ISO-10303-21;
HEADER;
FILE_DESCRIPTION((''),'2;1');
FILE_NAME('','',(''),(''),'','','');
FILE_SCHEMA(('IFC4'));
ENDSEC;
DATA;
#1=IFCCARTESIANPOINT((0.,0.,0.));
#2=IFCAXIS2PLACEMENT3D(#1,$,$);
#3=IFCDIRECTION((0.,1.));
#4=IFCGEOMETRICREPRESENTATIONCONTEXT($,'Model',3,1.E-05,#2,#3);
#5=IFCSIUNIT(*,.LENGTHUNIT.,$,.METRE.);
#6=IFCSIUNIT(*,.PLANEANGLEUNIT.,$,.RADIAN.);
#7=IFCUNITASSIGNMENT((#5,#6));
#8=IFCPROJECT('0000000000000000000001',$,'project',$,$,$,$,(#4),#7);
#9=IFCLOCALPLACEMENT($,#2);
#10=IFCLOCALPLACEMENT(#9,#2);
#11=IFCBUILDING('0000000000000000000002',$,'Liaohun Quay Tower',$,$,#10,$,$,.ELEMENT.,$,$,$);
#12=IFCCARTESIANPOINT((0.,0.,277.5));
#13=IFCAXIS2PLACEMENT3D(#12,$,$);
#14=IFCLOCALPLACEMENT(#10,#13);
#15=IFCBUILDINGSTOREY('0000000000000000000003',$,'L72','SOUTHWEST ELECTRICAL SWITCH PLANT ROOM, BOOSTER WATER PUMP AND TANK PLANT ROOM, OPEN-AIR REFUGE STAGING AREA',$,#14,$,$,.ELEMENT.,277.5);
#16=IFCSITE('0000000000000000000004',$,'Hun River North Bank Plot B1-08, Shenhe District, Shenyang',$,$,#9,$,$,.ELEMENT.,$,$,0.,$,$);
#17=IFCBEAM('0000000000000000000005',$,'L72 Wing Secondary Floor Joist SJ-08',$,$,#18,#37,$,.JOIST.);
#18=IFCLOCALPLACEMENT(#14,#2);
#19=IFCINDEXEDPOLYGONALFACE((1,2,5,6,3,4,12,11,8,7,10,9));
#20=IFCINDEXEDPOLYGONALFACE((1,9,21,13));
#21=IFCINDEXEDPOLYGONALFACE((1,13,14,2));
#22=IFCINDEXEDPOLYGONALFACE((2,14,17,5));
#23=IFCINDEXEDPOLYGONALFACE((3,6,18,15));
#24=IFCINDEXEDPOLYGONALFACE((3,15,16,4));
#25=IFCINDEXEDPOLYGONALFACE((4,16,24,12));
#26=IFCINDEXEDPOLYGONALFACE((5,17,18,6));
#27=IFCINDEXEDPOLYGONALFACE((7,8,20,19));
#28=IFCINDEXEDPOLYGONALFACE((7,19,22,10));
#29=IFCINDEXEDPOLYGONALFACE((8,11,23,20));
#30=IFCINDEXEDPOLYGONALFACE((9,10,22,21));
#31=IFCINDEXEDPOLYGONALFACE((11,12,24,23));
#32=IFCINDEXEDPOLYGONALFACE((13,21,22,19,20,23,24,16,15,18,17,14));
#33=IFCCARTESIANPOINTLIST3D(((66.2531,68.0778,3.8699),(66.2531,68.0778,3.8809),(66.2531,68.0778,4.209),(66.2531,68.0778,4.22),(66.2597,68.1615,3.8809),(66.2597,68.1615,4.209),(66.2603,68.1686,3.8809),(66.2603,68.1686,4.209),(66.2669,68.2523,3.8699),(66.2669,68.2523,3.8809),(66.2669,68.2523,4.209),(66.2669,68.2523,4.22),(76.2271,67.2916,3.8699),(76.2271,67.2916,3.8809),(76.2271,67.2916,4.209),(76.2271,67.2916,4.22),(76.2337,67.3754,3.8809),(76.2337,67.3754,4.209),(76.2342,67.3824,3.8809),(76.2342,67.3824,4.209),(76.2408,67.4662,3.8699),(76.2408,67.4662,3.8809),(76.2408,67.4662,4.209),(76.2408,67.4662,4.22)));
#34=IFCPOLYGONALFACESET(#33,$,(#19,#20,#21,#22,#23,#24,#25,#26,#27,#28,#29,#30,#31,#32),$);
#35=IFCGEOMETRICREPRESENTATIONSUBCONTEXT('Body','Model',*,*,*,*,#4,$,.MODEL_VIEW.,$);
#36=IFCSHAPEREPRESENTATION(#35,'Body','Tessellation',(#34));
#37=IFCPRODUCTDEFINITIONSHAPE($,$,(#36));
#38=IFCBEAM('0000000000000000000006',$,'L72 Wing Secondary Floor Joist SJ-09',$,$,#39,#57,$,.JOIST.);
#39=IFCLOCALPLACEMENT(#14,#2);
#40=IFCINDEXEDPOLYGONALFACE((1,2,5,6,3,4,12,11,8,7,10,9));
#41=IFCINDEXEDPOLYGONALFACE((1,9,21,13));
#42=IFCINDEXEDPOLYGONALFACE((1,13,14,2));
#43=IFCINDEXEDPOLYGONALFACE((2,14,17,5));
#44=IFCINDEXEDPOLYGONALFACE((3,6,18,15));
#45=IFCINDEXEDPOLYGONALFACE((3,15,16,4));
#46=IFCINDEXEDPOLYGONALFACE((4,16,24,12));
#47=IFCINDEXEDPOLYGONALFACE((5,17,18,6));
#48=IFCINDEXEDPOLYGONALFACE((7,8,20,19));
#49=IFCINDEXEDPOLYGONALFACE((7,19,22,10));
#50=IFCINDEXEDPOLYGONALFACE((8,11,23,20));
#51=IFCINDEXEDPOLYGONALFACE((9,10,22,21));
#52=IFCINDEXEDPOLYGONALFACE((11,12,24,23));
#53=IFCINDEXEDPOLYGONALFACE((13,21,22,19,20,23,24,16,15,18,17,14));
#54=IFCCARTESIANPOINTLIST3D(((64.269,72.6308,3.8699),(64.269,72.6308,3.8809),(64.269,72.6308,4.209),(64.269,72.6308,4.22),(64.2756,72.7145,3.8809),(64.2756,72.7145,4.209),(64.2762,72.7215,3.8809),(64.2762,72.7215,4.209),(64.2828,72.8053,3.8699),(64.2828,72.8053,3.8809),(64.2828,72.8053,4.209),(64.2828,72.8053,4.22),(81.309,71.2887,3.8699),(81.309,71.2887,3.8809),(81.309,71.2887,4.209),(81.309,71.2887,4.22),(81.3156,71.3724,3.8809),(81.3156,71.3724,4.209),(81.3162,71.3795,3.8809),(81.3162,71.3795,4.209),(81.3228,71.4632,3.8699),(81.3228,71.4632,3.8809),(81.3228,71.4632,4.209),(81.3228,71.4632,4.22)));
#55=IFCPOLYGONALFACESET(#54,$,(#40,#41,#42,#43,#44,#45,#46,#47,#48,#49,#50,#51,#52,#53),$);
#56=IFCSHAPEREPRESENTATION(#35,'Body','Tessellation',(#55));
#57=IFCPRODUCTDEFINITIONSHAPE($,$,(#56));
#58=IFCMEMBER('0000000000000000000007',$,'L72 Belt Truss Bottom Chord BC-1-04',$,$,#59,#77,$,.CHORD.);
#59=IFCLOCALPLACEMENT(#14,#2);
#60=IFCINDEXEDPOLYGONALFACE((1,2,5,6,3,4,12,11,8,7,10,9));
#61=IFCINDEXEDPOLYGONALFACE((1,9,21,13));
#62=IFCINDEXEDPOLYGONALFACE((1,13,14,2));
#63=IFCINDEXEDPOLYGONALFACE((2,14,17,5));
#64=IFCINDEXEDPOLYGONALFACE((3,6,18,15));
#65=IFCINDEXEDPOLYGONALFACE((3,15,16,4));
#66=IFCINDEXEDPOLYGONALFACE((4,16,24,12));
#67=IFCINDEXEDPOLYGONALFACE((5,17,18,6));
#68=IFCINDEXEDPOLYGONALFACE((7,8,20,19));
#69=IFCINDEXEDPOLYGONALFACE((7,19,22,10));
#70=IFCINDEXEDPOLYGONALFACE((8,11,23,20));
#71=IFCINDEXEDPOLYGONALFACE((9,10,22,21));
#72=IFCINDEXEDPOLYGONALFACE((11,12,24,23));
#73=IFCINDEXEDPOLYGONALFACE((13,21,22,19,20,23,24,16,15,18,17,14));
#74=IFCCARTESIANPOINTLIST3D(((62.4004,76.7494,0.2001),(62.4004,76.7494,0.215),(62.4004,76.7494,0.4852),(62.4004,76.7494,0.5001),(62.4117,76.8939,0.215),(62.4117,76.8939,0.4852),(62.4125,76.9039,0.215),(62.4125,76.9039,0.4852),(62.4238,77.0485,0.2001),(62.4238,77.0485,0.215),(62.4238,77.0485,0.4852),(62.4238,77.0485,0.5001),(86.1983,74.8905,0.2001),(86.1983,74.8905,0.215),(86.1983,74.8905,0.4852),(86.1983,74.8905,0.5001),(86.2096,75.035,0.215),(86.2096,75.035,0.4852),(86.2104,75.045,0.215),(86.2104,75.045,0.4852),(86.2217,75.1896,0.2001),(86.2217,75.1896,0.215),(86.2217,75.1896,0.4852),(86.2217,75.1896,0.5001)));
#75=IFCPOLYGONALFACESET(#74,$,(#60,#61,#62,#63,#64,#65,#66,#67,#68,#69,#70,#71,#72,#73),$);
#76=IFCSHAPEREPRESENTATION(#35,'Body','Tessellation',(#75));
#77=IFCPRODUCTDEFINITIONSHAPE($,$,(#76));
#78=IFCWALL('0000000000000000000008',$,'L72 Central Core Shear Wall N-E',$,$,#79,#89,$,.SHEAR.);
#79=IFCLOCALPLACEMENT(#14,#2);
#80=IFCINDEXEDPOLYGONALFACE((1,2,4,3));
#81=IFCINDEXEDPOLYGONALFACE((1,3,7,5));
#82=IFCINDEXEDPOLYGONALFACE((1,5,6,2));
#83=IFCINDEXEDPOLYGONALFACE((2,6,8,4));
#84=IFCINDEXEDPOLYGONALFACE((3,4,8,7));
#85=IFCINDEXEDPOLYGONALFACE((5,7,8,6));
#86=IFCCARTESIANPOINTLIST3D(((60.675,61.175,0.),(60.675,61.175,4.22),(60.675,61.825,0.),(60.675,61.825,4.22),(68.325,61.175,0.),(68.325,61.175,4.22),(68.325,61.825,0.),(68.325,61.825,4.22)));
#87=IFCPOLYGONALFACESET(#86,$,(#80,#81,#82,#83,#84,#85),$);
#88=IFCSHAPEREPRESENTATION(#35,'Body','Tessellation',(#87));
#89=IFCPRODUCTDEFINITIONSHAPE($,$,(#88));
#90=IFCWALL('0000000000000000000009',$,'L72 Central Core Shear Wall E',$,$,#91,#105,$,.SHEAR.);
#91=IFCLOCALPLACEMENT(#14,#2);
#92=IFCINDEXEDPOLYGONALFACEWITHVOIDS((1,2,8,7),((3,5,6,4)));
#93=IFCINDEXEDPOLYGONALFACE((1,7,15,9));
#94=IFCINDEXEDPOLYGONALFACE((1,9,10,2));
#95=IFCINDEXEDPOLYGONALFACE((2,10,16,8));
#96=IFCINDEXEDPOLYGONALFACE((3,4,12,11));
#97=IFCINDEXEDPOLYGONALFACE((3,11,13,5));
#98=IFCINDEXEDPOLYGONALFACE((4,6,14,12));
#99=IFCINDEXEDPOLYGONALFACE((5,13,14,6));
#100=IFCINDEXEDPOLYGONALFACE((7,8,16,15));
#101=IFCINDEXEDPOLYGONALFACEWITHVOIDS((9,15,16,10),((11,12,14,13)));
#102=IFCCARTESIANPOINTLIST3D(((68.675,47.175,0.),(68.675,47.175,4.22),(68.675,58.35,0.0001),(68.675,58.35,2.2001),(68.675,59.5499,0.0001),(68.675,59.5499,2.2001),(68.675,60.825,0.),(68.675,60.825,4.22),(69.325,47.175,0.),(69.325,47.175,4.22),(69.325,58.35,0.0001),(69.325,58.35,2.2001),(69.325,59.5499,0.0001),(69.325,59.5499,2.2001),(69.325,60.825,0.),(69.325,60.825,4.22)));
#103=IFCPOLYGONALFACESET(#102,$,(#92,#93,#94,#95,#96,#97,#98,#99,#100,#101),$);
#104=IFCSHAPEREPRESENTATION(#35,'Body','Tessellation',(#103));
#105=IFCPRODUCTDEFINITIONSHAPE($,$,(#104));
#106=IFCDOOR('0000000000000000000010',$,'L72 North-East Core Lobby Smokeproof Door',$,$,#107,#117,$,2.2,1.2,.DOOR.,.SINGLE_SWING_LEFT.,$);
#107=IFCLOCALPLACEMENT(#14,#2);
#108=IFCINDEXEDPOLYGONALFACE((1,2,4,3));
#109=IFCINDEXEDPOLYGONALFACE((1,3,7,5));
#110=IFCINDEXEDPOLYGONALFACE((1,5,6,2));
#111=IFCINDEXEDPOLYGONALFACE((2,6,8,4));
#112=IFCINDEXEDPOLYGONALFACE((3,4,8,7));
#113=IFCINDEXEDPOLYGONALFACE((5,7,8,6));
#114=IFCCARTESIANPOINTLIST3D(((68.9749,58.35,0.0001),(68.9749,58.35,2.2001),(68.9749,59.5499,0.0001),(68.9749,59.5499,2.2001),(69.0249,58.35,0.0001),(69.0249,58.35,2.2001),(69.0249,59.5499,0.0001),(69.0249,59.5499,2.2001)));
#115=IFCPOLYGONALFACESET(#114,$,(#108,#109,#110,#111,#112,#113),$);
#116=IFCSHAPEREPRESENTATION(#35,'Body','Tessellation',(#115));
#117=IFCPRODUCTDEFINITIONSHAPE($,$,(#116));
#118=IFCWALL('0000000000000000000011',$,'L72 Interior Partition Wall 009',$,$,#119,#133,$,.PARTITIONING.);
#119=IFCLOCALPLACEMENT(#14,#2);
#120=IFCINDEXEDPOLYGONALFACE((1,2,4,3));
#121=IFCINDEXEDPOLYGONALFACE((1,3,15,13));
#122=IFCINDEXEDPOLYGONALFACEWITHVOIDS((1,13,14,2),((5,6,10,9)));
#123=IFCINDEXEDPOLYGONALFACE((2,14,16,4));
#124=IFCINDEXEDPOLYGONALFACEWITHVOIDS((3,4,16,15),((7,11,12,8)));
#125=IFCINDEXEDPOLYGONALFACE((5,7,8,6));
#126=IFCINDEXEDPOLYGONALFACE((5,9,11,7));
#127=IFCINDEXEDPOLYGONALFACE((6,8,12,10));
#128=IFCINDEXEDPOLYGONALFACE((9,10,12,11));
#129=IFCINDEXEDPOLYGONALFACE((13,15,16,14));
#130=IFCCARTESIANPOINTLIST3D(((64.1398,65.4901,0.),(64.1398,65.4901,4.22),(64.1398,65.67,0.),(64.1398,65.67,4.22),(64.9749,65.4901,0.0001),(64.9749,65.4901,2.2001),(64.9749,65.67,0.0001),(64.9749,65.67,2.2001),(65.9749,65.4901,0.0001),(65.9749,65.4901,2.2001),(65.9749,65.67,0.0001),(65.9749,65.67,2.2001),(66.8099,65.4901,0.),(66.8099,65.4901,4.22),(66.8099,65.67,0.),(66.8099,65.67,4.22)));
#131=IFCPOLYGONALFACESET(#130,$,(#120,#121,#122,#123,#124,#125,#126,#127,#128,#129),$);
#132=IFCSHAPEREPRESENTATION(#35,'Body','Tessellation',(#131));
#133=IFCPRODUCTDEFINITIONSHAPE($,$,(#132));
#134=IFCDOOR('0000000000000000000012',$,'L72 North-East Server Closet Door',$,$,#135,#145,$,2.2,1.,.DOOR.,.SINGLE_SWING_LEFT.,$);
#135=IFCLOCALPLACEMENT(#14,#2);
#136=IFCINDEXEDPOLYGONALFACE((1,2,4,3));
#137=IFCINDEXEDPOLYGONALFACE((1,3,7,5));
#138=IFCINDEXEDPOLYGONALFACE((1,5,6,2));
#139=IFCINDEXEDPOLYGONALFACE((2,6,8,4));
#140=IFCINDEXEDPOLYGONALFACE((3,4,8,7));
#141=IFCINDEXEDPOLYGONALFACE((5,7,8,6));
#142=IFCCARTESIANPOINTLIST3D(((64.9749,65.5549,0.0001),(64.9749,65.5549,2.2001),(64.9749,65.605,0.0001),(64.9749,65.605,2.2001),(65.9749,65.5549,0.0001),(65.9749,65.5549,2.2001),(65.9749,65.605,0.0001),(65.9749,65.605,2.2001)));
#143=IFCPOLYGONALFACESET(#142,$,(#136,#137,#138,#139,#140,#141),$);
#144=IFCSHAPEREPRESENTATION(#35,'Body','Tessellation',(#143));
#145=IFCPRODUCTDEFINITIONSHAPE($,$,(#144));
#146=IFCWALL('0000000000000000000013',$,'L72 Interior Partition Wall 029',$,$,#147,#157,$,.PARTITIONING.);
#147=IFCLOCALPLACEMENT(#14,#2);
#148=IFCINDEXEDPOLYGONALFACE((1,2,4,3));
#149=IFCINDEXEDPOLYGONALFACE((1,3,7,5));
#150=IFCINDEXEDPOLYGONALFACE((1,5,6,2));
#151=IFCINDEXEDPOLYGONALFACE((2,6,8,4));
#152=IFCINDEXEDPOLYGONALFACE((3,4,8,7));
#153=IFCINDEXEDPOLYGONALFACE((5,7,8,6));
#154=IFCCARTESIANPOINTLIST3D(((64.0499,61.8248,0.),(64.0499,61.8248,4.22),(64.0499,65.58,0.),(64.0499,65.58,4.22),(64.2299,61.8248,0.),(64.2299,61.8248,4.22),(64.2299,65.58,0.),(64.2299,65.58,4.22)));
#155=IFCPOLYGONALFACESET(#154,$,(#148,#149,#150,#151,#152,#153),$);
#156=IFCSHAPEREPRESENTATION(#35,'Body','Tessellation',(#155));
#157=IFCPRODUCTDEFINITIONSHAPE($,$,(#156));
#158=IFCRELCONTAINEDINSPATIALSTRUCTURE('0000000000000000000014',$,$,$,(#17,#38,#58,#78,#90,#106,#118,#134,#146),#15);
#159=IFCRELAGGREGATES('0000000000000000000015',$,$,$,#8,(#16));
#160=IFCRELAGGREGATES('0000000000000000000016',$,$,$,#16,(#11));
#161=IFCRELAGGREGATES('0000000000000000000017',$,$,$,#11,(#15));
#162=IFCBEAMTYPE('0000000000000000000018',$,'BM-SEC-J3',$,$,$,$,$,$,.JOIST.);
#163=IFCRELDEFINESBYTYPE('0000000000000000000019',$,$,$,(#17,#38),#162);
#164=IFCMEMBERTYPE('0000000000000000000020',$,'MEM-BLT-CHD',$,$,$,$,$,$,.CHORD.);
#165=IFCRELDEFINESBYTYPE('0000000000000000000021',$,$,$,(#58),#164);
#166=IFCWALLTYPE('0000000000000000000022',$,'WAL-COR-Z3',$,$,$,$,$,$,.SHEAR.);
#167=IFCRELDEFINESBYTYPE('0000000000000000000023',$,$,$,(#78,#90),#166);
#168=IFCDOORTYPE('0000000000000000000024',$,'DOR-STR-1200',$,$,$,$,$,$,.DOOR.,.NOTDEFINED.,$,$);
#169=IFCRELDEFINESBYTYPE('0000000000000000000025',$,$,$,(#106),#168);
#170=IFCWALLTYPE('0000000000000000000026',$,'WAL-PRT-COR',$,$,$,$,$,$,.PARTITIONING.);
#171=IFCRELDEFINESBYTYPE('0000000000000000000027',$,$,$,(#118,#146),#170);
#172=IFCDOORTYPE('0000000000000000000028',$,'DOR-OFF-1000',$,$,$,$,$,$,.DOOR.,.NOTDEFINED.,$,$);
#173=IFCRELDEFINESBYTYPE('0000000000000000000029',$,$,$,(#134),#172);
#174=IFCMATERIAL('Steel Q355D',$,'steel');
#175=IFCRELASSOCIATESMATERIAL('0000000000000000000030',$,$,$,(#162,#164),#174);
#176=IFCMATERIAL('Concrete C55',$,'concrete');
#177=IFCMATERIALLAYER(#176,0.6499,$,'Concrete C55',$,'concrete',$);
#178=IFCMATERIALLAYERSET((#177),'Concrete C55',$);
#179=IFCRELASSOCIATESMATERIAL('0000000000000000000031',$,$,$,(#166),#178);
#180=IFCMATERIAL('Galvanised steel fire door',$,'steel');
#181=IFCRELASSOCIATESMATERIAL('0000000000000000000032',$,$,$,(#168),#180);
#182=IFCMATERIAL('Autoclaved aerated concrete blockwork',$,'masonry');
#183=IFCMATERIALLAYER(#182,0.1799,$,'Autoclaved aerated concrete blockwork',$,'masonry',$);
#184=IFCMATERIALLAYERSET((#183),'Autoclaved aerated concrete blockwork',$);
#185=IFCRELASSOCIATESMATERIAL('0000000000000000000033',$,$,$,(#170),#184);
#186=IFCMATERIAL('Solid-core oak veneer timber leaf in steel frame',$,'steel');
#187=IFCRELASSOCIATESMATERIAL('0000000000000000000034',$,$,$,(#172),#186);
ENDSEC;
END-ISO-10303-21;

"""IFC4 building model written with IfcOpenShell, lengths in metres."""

from ifc_helpers import new_model, si_unit, direction, frame, frame_2d, origin, origin_2d, place, context, subcontext, project, spatial, rectangle, i_section, extrude, source, transform, mapped, material, layer, layer_set, material_profile, profile_set, type_object, element, fill, save


model = new_model("IFC4")

# Units and contexts
model_context = context("Model", 3, precision=1e-05, world=origin(), true_north=direction((0.0, 1.0)))
body_context = subcontext(model_context, "Body", "Model", "MODEL_VIEW")
ifc_project = project(units=[si_unit("LENGTHUNIT", "METRE"), si_unit("PLANEANGLEUNIT", "RADIAN")], contexts=[model_context])

# Site, building, storey
site_placement = place(None, origin())
site = spatial("IfcSite", under=ifc_project, at=site_placement, Name="Hun River North Bank Plot B1-08, Shenhe District, Shenyang", CompositionType="ELEMENT", RefElevation=0.0)
building_placement = place(site_placement, origin())
building = spatial("IfcBuilding", under=site, at=building_placement, Name="Liaohun Quay Tower", CompositionType="ELEMENT")
storey_placement = place(building_placement, frame((0.0, 0.0, 277.5)))
storey = spatial("IfcBuildingStorey", under=building, at=storey_placement, Name="L72", Description="SOUTHWEST ELECTRICAL SWITCH PLANT ROOM, BOOSTER WATER PUMP AND TANK PLANT ROOM, OPEN-AIR REFUGE STAGING AREA", CompositionType="ELEMENT", Elevation=277.5)

# Shared definitions
ifc_material_1 = material(Name="Concrete C55", Category="concrete")

# Beams
ifc_material_2 = material(Name="Steel Q355D", Category="steel")
ifc_material_profile_1 = material_profile(ifc_material_2, i_section(OverallWidth=0.175, OverallDepth=0.3501, WebThickness=0.0071, FlangeThickness=0.011, at=origin_2d()), Name="HN350x175x7x11")
ifc_profile_set_1 = profile_set([ifc_material_profile_1], Name="Steel Q355D")
beam_type_1 = type_object("IfcBeamType", Name="BM-SEC-J3", PredefinedType="JOIST", material=ifc_profile_set_1)
shared_shape_1 = source(origin(), body_context, "Body", "SweptSolid", [
    extrude(i_section(OverallWidth=0.175, OverallDepth=0.3501, WebThickness=0.0071, FlangeThickness=0.011, at=origin_2d()), origin(), (0.0, 0.0, 1.0), 10.0049),
])
beam_1_placement = place(storey_placement, frame((66.26, 68.165, 4.0449), z_axis=(0.996908, -0.078575, 0.0), x_axis=(0.078575, 0.996908, 0.0)))
element("IfcBeam", 1, at=beam_1_placement, inside=storey, type_object=beam_type_1, Name="L72 Wing Secondary Floor Joist SJ-08", PredefinedType="JOIST", context=body_context, shape_type="MappedRepresentation", body=[
    mapped(shared_shape_1, transform((0.0, 0.0, 0.0), x_axis=(1.0, 0.0, 0.0), y_axis=(0.0, 1.0, 0.0), z_axis=(0.0, 0.0, 1.0), scale=1.0)),
])
shared_shape_2 = source(origin(), body_context, "Body", "SweptSolid", [
    extrude(i_section(OverallWidth=0.175, OverallDepth=0.3501, WebThickness=0.0071, FlangeThickness=0.011, at=origin_2d()), origin(), (0.0, 0.0, 1.0), 17.0928),
])
beam_2_placement = place(storey_placement, frame((64.2759, 72.718, 4.0449), z_axis=(0.996913, -0.078515, 0.0), x_axis=(0.078515, 0.996913, 0.0)))
element("IfcBeam", 2, at=beam_2_placement, inside=storey, type_object=beam_type_1, Name="L72 Wing Secondary Floor Joist SJ-09", PredefinedType="JOIST", context=body_context, shape_type="MappedRepresentation", body=[
    mapped(shared_shape_2, transform((0.0, 0.0, 0.0), x_axis=(1.0, 0.0, 0.0), y_axis=(0.0, 1.0, 0.0), z_axis=(0.0, 0.0, 1.0), scale=1.0)),
])

# Member
ifc_material_profile_2 = material_profile(ifc_material_2, i_section(OverallWidth=0.3, OverallDepth=0.3, WebThickness=0.01, FlangeThickness=0.0149, at=origin_2d()), Name="HW300x300x10x15")
ifc_profile_set_2 = profile_set([ifc_material_profile_2], Name="Steel Q355D")
member_type = type_object("IfcMemberType", Name="MEM-BLT-CHD", PredefinedType="CHORD", material=ifc_profile_set_2)
shared_shape_3 = source(origin(), body_context, "Body", "SweptSolid", [
    extrude(i_section(OverallWidth=0.3, OverallDepth=0.3, WebThickness=0.01, FlangeThickness=0.0149, at=origin_2d()), origin(), (0.0, 0.0, 1.0), 23.8704),
])
member_placement = place(storey_placement, frame((62.4121, 76.8989, 0.3501), z_axis=(0.996963, -0.077874, 0.0), x_axis=(0.077874, 0.996963, 0.0)))
element("IfcMember", 3, at=member_placement, inside=storey, type_object=member_type, Name="L72 Belt Truss Bottom Chord BC-1-04", PredefinedType="CHORD", context=body_context, shape_type="MappedRepresentation", body=[
    mapped(shared_shape_3, transform((0.0, 0.0, 0.0), x_axis=(1.0, 0.0, 0.0), y_axis=(0.0, 1.0, 0.0), z_axis=(0.0, 0.0, 1.0), scale=1.0)),
])

# Wall
ifc_layer_1 = layer(ifc_material_1, 0.6499, Name="Concrete C55", Category="concrete")
ifc_layer_set_1 = layer_set([ifc_layer_1], Name="Concrete C55")
wall_type_1 = type_object("IfcWallType", Name="WAL-COR-Z3", PredefinedType="SHEAR", material=ifc_layer_set_1)
wall_1_placement = place(storey_placement, frame((60.675, 61.5, 0.0), z_axis=(0.0, 0.0, 1.0), x_axis=(1.0, 0.0, 0.0)))
element("IfcWall", 4, at=wall_1_placement, inside=storey, type_object=wall_type_1, Name="L72 Central Core Shear Wall N-E", PredefinedType="SHEAR", context=body_context, shape_type="SweptSolid", body=[
    extrude(rectangle(XDim=7.6499, YDim=0.6499, at=frame_2d((3.825, 0.0))), origin(), (0.0, 0.0, 1.0), 4.22),
])

# Walls, openings, doors
wall_2_placement = place(storey_placement, frame((69.0, 60.825, 0.0), z_axis=(0.0, 0.0, 1.0), x_axis=(0.0, -1.0, 0.0)))
wall_2 = element("IfcWall", 5, at=wall_2_placement, inside=storey, type_object=wall_type_1, Name="L72 Central Core Shear Wall E", PredefinedType="SHEAR", context=body_context, shape_type="SweptSolid", body=[
    extrude(rectangle(XDim=13.6499, YDim=0.6499, at=frame_2d((6.825, 0.0))), origin(), (0.0, 0.0, 1.0), 4.22),
])
shared_shape_4 = source(origin(), body_context, "Body", "SweptSolid", [
    extrude(rectangle(XDim=1.2, YDim=2.2, at=frame_2d((0.6001, 1.1001))), frame((0.0, 0.335, 0.0), z_axis=(0.0, -1.0, 0.0), x_axis=(1.0, 0.0, 0.0)), (0.0, 0.0, 1.0), 0.6699),
])
opening_1_placement = place(wall_2_placement, frame((1.2749, 0.0, 0.0)))
opening_1 = element("IfcOpeningElement", 6, at=opening_1_placement, cuts=wall_2, PredefinedType="OPENING", context=body_context, shape_type="MappedRepresentation", body=[
    mapped(shared_shape_4, transform((0.0, 0.0, 0.0), x_axis=(1.0, 0.0, 0.0), y_axis=(0.0, 1.0, 0.0), z_axis=(0.0, 0.0, 1.0), scale=1.0)),
])
ifc_material_3 = material(Name="Galvanised steel fire door", Category="steel")
door_type_1 = type_object("IfcDoorType", Name="DOR-STR-1200", OperationType="NOTDEFINED", PredefinedType="DOOR", material=ifc_material_3)
shared_shape_5 = source(origin(), body_context, "Body", "SweptSolid", [
    extrude(rectangle(XDim=1.2, YDim=2.2, at=frame_2d((0.6001, 1.1001))), frame((0.0, 0.0249, 0.0), z_axis=(0.0, -1.0, 0.0), x_axis=(1.0, 0.0, 0.0)), (0.0, 0.0, 1.0), 0.05),
])
door_1_placement = place(opening_1_placement, origin())
door_1 = element("IfcDoor", 7, at=door_1_placement, inside=storey, type_object=door_type_1, Name="L72 North-East Core Lobby Smokeproof Door", OperationType="SINGLE_SWING_LEFT", OverallHeight=2.2, OverallWidth=1.2, PredefinedType="DOOR", context=body_context, shape_type="MappedRepresentation", body=[
    mapped(shared_shape_5, transform((0.0, 0.0, 0.0), x_axis=(1.0, 0.0, 0.0), y_axis=(0.0, 1.0, 0.0), z_axis=(0.0, 0.0, 1.0), scale=1.0)),
])
fill(opening_1, door_1)
ifc_material_4 = material(Name="Autoclaved aerated concrete blockwork", Category="masonry")
ifc_layer_2 = layer(ifc_material_4, 0.1799, Name="Autoclaved aerated concrete blockwork", Category="masonry")
ifc_layer_set_2 = layer_set([ifc_layer_2], Name="Autoclaved aerated concrete blockwork")
wall_type_2 = type_object("IfcWallType", Name="WAL-PRT-COR", PredefinedType="PARTITIONING", material=ifc_layer_set_2)
wall_3_placement = place(storey_placement, frame((64.1399, 65.5801, 0.0), z_axis=(0.0, 0.0, 1.0), x_axis=(1.0, 0.0, 0.0)))
wall_3 = element("IfcWall", 8, at=wall_3_placement, inside=storey, type_object=wall_type_2, Name="L72 Interior Partition Wall 009", PredefinedType="PARTITIONING", context=body_context, shape_type="SweptSolid", body=[
    extrude(rectangle(XDim=2.6702, YDim=0.1799, at=frame_2d((1.335, 0.0))), origin(), (0.0, 0.0, 1.0), 4.22),
])
shared_shape_6 = source(origin(), body_context, "Body", "SweptSolid", [
    extrude(rectangle(XDim=1.0, YDim=2.2, at=frame_2d((0.5, 1.1001))), frame((0.0, 0.0999, 0.0), z_axis=(0.0, -1.0, 0.0), x_axis=(1.0, 0.0, 0.0)), (0.0, 0.0, 1.0), 0.2),
])
opening_2_placement = place(wall_3_placement, frame((0.835, 0.0, 0.0)))
opening_2 = element("IfcOpeningElement", 9, at=opening_2_placement, cuts=wall_3, PredefinedType="OPENING", context=body_context, shape_type="MappedRepresentation", body=[
    mapped(shared_shape_6, transform((0.0, 0.0, 0.0), x_axis=(1.0, 0.0, 0.0), y_axis=(0.0, 1.0, 0.0), z_axis=(0.0, 0.0, 1.0), scale=1.0)),
])
ifc_material_5 = material(Name="Solid-core oak veneer timber leaf in steel frame", Category="steel")
door_type_2 = type_object("IfcDoorType", Name="DOR-OFF-1000", OperationType="NOTDEFINED", PredefinedType="DOOR", material=ifc_material_5)
shared_shape_7 = source(origin(), body_context, "Body", "SweptSolid", [
    extrude(rectangle(XDim=1.0, YDim=2.2, at=frame_2d((0.5, 1.1001))), frame((0.0, 0.0249, 0.0), z_axis=(0.0, -1.0, 0.0), x_axis=(1.0, 0.0, 0.0)), (0.0, 0.0, 1.0), 0.05),
])
door_2_placement = place(opening_2_placement, origin())
door_2 = element("IfcDoor", 10, at=door_2_placement, inside=storey, type_object=door_type_2, Name="L72 North-East Server Closet Door", OperationType="SINGLE_SWING_LEFT", OverallHeight=2.2, OverallWidth=1.0, PredefinedType="DOOR", context=body_context, shape_type="MappedRepresentation", body=[
    mapped(shared_shape_7, transform((0.0, 0.0, 0.0), x_axis=(1.0, 0.0, 0.0), y_axis=(0.0, 1.0, 0.0), z_axis=(0.0, 0.0, 1.0), scale=1.0)),
])
fill(opening_2, door_2)

# Wall
for number, where, z_axis, x_axis, name in (
    (11, (64.1399, 61.825, 0.0), (0.0, 0.0, 1.0), (0.0, 1.0, 0.0), "L72 Interior Partition Wall 029"),
):
    element("IfcWall", number, at=place(storey_placement, frame(where, z_axis=z_axis, x_axis=x_axis)), inside=storey, type_object=wall_type_2, Name=name, PredefinedType="PARTITIONING", context=body_context, shape_type="SweptSolid", body=[
        extrude(rectangle(XDim=3.7551, YDim=0.1799, at=frame_2d((1.8774, 0.0))), origin(), (0.0, 0.0, 1.0), 4.22),
    ])

save(model, "model.ifc")
